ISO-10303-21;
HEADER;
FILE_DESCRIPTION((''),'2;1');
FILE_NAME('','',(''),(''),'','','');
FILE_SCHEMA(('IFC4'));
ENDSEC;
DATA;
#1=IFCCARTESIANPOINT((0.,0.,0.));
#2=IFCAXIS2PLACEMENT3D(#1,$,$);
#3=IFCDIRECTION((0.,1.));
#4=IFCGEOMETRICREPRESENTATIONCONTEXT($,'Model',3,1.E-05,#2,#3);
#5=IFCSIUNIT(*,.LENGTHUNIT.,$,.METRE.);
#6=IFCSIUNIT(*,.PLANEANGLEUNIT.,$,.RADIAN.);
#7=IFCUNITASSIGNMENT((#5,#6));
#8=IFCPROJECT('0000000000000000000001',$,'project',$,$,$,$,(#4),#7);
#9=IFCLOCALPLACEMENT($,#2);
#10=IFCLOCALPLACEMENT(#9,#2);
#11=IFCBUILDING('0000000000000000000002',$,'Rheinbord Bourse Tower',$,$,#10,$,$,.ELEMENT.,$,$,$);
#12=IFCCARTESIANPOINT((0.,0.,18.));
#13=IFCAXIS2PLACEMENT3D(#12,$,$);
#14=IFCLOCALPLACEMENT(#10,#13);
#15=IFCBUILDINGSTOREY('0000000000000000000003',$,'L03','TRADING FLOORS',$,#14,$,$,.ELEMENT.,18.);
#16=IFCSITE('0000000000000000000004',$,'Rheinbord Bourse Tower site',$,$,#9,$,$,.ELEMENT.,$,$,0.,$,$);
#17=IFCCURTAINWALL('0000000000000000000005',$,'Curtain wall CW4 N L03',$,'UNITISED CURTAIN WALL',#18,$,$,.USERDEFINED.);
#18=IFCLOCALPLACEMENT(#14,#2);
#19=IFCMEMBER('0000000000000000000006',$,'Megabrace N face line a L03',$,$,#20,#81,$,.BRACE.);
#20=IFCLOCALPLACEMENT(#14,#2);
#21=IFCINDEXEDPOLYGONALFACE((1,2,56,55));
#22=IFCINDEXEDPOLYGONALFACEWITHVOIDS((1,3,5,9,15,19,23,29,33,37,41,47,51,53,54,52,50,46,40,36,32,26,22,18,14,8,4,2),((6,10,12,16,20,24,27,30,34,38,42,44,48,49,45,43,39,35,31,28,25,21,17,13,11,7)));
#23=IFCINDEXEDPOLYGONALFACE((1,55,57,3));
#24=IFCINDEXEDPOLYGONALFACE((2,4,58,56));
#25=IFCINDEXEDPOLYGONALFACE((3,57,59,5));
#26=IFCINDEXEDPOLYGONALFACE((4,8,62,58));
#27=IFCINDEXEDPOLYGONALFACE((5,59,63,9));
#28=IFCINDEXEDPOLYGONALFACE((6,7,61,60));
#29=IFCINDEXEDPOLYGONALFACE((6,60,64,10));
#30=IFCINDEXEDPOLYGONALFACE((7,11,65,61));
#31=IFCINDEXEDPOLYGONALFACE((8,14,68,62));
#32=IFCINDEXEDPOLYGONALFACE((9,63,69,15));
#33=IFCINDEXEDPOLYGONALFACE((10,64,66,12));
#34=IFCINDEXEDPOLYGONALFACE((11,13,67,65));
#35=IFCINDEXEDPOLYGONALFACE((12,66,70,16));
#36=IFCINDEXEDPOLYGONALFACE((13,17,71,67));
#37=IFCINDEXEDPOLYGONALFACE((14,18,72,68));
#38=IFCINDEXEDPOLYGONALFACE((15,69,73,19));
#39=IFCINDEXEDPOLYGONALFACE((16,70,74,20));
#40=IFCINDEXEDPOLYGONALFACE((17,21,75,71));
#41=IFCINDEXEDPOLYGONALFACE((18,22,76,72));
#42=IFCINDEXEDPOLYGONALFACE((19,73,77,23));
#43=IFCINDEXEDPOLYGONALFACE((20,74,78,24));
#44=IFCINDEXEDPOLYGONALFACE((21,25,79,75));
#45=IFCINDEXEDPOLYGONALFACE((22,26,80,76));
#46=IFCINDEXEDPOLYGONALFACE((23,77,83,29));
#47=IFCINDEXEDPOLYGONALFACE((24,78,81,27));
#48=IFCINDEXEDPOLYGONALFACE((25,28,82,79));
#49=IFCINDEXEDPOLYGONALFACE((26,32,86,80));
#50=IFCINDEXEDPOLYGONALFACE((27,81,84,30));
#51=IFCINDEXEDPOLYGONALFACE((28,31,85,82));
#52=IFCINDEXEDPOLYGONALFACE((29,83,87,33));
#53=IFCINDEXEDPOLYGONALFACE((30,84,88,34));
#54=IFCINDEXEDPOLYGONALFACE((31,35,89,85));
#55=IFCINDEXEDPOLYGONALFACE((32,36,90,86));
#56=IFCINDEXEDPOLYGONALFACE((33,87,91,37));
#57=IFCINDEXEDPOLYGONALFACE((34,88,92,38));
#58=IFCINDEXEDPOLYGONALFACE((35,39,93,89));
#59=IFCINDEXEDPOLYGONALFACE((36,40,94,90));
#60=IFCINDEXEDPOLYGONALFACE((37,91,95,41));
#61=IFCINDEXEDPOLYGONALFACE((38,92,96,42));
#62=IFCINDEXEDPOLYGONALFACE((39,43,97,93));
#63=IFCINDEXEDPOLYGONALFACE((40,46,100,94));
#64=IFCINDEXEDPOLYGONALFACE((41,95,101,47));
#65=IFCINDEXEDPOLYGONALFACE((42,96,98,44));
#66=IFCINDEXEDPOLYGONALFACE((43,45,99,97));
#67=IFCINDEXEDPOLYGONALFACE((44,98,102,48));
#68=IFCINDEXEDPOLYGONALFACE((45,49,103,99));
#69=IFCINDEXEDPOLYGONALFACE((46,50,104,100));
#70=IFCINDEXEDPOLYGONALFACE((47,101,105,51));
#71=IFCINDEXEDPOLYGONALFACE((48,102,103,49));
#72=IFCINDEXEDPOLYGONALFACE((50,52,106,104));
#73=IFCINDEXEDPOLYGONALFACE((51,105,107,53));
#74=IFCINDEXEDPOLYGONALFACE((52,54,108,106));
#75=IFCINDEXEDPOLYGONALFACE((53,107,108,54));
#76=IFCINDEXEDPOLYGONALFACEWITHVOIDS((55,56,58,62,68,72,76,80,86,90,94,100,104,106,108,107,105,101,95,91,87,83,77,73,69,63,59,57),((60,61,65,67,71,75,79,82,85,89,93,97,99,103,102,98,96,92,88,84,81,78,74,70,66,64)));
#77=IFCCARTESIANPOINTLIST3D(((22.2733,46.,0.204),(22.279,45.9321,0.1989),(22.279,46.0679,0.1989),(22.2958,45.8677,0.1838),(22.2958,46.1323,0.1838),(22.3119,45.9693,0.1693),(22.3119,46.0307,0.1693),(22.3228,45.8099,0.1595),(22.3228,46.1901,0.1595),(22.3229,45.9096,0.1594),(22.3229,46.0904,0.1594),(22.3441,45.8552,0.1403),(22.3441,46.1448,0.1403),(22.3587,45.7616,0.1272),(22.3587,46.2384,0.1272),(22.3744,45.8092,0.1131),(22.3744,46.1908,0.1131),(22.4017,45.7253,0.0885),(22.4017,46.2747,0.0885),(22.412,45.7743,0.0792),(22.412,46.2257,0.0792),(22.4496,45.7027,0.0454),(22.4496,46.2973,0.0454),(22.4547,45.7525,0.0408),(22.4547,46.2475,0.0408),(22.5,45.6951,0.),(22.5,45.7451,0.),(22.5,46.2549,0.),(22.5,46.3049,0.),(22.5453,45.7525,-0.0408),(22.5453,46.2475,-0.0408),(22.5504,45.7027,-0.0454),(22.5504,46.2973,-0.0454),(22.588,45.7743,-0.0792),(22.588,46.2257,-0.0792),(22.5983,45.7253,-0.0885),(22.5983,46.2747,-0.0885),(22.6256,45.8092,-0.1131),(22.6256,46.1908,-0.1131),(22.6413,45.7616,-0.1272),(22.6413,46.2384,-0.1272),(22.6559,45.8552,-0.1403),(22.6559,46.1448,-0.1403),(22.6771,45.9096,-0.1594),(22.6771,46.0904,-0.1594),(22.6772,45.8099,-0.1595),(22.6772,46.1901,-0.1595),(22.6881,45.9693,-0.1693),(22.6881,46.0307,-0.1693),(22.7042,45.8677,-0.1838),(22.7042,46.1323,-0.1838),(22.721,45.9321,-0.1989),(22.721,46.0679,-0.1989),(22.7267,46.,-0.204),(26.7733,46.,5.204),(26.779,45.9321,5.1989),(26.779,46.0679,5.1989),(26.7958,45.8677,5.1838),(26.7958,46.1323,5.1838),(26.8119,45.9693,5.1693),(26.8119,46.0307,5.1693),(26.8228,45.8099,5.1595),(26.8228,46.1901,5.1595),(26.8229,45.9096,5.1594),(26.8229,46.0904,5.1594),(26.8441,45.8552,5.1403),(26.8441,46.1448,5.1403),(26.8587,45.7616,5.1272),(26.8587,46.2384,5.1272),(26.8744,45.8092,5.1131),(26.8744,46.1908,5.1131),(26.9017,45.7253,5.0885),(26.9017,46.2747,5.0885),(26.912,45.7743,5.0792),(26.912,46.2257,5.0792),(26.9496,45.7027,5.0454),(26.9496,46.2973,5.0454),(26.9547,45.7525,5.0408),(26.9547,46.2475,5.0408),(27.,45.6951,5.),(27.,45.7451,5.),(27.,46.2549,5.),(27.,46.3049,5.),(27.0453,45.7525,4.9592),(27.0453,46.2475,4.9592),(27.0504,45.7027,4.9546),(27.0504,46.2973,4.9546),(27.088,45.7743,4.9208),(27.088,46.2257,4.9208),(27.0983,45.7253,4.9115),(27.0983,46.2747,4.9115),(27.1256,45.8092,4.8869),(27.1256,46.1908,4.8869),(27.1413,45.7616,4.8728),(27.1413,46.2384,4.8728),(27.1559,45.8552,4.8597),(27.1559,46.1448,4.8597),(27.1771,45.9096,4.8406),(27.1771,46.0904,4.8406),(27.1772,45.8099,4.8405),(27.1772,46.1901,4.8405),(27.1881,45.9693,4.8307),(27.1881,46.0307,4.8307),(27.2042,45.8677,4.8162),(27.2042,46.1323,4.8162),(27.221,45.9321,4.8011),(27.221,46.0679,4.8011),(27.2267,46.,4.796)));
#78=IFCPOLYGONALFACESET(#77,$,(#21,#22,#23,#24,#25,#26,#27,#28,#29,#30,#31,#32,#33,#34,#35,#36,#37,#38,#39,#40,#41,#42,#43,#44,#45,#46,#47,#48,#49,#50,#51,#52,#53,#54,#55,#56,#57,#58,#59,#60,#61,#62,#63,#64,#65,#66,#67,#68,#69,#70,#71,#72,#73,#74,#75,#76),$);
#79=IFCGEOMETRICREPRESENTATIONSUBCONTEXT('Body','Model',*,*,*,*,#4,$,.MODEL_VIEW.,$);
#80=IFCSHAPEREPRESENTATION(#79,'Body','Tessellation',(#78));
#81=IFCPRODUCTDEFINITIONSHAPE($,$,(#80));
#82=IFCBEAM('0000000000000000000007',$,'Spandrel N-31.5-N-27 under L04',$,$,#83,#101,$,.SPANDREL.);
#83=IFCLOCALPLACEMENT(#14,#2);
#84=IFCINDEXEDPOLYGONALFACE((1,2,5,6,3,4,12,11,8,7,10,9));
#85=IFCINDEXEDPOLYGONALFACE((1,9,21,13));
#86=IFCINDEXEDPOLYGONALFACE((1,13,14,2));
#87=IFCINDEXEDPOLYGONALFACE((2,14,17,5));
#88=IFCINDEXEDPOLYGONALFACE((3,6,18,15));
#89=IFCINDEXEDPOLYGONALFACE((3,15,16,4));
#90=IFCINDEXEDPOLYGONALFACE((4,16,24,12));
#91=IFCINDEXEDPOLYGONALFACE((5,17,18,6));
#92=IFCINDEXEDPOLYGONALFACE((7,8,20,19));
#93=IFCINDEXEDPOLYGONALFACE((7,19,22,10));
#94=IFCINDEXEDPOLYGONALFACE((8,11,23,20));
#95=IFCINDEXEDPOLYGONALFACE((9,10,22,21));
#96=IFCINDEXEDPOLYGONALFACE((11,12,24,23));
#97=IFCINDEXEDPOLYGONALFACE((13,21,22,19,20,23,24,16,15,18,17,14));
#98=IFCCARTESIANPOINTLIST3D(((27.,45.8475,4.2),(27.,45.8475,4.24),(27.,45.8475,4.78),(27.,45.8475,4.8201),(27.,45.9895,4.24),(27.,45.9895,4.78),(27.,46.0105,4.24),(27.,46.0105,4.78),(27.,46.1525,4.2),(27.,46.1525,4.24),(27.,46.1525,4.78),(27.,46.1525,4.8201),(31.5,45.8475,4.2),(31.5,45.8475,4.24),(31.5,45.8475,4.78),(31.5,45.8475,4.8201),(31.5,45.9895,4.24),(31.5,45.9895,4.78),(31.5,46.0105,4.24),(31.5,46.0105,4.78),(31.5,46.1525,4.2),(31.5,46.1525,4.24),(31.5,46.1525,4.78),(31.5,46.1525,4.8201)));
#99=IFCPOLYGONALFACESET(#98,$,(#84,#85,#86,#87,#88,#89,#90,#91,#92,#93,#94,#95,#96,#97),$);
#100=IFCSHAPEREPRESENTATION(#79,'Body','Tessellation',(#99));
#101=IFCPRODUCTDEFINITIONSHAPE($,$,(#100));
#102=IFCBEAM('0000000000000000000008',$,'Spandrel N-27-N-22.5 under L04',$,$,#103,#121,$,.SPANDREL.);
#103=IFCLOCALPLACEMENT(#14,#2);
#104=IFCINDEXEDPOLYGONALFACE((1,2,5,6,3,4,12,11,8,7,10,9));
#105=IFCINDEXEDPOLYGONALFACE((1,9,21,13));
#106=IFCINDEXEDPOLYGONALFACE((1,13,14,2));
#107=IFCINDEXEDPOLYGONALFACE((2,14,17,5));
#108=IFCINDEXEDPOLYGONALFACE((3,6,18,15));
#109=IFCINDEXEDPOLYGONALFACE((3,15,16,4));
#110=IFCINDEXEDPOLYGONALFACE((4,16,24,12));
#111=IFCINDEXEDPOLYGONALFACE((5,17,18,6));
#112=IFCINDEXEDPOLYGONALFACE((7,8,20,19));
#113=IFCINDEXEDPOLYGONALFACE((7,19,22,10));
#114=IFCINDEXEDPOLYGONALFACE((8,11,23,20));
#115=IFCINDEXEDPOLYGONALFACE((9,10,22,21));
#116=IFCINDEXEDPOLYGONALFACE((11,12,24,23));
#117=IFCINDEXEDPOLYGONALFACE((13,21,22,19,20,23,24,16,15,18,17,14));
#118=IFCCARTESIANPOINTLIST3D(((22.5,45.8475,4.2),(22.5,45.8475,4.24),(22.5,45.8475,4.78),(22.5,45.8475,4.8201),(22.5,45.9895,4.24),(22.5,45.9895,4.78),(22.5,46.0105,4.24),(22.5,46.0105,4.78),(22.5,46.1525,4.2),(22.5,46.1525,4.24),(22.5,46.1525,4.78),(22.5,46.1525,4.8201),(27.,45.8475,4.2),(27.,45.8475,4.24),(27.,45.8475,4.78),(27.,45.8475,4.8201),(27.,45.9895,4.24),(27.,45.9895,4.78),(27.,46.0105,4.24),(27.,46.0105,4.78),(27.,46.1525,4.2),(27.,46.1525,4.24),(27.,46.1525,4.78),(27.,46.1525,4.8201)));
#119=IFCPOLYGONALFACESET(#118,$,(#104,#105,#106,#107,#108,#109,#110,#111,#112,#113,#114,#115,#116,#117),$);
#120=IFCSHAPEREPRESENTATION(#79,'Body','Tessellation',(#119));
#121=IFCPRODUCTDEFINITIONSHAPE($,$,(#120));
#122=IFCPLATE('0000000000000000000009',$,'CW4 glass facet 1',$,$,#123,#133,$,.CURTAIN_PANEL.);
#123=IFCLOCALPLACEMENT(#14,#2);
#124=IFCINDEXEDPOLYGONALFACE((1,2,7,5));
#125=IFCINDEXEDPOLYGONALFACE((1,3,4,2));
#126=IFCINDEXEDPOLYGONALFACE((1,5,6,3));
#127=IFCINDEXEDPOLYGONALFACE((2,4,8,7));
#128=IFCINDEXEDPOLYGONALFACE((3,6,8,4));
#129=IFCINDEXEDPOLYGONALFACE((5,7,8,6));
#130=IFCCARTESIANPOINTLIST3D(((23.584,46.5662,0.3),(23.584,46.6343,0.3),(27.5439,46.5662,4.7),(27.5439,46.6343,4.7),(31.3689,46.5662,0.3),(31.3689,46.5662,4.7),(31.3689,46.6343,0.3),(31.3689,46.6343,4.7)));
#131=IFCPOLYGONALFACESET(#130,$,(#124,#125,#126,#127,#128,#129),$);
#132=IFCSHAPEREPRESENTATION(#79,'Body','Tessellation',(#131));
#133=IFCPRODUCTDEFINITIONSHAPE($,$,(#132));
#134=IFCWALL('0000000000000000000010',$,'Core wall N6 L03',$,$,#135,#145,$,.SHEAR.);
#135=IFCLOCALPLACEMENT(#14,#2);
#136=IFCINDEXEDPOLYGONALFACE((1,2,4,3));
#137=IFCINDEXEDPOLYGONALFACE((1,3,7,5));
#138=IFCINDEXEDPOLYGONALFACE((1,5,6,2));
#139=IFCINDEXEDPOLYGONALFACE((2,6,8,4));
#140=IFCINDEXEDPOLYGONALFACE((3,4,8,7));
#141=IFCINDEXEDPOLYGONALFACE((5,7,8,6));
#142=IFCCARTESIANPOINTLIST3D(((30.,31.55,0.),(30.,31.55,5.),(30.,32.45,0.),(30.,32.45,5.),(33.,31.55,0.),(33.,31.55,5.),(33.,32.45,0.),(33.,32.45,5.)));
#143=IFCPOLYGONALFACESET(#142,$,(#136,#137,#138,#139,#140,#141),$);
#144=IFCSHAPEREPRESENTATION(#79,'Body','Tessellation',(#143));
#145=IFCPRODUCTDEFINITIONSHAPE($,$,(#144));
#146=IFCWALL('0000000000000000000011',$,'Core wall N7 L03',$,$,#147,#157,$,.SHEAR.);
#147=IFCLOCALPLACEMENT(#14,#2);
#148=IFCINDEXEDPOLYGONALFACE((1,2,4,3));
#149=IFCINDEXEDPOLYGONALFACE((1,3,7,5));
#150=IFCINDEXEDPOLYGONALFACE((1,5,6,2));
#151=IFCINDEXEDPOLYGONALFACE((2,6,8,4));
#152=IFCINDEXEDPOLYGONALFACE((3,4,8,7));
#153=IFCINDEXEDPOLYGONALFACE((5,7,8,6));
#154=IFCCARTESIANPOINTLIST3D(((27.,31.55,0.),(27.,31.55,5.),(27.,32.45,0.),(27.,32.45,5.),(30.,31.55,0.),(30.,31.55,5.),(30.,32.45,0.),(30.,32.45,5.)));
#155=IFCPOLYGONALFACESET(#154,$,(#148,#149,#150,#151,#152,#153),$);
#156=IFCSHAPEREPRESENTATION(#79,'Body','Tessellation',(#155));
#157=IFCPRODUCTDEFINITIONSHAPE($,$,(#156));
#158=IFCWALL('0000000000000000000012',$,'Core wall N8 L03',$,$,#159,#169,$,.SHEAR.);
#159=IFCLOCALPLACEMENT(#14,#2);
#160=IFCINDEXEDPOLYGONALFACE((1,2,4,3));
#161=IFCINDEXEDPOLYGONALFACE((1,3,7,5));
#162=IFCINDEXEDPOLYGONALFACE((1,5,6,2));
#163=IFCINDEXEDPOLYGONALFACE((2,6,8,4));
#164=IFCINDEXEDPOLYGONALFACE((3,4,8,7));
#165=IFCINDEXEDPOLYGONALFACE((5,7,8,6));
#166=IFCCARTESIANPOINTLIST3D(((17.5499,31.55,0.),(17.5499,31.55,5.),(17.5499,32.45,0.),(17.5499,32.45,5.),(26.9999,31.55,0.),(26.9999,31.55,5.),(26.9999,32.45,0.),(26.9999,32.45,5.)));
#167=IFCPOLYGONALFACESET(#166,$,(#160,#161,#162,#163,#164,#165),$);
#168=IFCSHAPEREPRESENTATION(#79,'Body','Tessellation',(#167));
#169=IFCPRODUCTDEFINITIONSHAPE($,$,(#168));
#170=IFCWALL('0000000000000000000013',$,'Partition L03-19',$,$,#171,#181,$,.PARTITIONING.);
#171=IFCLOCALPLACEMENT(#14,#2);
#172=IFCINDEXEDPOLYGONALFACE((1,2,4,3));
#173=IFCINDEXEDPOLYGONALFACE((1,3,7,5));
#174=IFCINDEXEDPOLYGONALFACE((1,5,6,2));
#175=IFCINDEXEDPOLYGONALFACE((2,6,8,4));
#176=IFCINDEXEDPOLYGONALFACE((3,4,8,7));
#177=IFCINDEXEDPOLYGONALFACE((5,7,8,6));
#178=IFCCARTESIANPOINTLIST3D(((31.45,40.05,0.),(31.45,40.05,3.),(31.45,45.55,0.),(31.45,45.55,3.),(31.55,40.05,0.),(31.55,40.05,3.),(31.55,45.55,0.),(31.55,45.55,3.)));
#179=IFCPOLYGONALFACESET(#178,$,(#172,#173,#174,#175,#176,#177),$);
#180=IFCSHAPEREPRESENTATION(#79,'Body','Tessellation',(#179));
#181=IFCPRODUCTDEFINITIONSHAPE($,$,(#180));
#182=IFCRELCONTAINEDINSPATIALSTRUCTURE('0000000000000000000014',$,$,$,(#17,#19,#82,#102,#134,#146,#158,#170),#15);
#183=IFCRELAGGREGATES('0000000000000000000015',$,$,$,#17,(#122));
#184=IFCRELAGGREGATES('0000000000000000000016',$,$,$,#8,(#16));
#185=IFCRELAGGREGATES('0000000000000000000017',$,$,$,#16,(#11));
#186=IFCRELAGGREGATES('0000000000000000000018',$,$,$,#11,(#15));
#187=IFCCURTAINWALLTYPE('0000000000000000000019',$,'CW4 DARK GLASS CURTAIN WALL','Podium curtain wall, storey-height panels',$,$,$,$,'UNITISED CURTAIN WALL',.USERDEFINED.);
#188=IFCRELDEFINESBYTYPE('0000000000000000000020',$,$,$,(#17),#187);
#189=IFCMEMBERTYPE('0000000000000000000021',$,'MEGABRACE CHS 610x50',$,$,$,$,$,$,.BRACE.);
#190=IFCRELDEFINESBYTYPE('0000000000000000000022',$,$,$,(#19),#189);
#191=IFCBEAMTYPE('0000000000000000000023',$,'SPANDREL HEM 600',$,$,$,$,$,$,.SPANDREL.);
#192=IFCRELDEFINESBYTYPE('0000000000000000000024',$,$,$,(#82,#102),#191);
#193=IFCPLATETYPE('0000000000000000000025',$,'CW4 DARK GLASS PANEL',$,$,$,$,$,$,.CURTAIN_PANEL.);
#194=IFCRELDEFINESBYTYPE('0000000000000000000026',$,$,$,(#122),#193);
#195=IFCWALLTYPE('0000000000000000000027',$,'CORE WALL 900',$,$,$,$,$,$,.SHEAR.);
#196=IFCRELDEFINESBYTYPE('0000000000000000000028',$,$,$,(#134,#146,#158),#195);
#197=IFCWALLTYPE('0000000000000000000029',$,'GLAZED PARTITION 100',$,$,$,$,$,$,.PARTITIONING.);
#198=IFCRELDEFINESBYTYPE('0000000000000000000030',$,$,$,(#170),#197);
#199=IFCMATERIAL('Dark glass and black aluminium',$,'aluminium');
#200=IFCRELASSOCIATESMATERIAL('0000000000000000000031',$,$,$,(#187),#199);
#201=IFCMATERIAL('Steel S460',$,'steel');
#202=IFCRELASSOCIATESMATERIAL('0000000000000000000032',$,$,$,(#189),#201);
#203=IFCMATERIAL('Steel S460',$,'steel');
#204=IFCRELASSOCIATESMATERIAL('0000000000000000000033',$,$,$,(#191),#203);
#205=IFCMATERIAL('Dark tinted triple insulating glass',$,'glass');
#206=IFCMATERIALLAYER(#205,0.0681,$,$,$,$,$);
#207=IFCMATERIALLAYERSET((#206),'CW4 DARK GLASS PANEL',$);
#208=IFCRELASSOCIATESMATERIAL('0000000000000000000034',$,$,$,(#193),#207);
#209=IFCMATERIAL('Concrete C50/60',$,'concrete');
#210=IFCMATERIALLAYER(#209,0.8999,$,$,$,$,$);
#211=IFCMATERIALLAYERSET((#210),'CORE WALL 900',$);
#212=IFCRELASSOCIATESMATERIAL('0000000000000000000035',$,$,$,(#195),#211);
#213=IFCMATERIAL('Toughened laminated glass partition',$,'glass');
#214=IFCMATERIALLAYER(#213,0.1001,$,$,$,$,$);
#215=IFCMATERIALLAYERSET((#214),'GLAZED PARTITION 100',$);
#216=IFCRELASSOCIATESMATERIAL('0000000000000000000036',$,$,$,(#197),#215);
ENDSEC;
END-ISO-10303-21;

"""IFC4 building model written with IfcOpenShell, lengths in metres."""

from ifc_helpers import new_model, si_unit, direction, frame, frame_2d, origin, origin_2d, place, context, subcontext, project, spatial, polyline, rectangle, hollow_circle, i_section, outline, extrude, material, layer, layer_set, material_profile, profile_set, type_object, element, aggregate, save


model = new_model("IFC4")

# Units and contexts
model_context = context("Model", 3, precision=1e-05, world=origin(), true_north=direction((0.0, 1.0)))
body_context = subcontext(model_context, "Body", "Model", "MODEL_VIEW")
ifc_project = project(units=[si_unit("LENGTHUNIT", "METRE"), si_unit("PLANEANGLEUNIT", "RADIAN")], contexts=[model_context])

# Site, building, storey
site_placement = place(None, origin())
site = spatial("IfcSite", under=ifc_project, at=site_placement, Name="Rheinbord Bourse Tower site", CompositionType="ELEMENT", RefElevation=0.0)
building_placement = place(site_placement, origin())
building = spatial("IfcBuilding", under=site, at=building_placement, Name="Rheinbord Bourse Tower", CompositionType="ELEMENT")
storey_placement = place(building_placement, frame((0.0, 0.0, 18.0)))
storey = spatial("IfcBuildingStorey", under=building, at=storey_placement, Name="L03", Description="TRADING FLOORS", CompositionType="ELEMENT", Elevation=18.0)

# Curtain wall
ifc_material_1 = material(Name="Dark glass and black aluminium", Category="aluminium")
curtain_wall_type = type_object("IfcCurtainWallType", Name="CW4 DARK GLASS CURTAIN WALL", Description="Podium curtain wall, storey-height panels", ElementType="UNITISED CURTAIN WALL", PredefinedType="USERDEFINED", material=ifc_material_1)
curtain_wall_placement = place(storey_placement, origin())
curtain_wall = element("IfcCurtainWall", 1, at=curtain_wall_placement, inside=storey, type_object=curtain_wall_type, Name="Curtain wall CW4 N L03", ObjectType="UNITISED CURTAIN WALL", PredefinedType="USERDEFINED")

# Member
ifc_material_2 = material(Name="Steel S460", Category="steel")
ifc_material_profile_1 = material_profile(ifc_material_2, hollow_circle(Radius=0.3049, WallThickness=0.05, at=origin_2d()), Name="CHS 610x50")
ifc_profile_set_1 = profile_set([ifc_material_profile_1], Name="Steel S460")
member_type_1 = type_object("IfcMemberType", Name="MEGABRACE CHS 610x50", PredefinedType="BRACE", material=ifc_profile_set_1)
member_1_placement = place(storey_placement, frame((22.5, 46.0, 0.0), z_axis=(0.668965, 0.0, 0.743294), x_axis=(0.0, 1.0, 0.0)))
element("IfcMember", 2, at=member_1_placement, inside=storey, type_object=member_type_1, Name="Megabrace N face line a L03", PredefinedType="BRACE", context=body_context, shape_type="SweptSolid", body=[
    extrude(hollow_circle(Radius=0.3049, WallThickness=0.05, at=origin_2d()), origin(), (0.0, 0.0, 1.0), 6.7268),
])

# Beams
ifc_material_3 = material(Name="Steel S460", Category="steel")
ifc_material_profile_2 = material_profile(ifc_material_3, i_section(OverallWidth=0.3049, OverallDepth=0.6201, WebThickness=0.021, FlangeThickness=0.04, at=origin_2d()), Name="HEM 600")
ifc_profile_set_2 = profile_set([ifc_material_profile_2], Name="Steel S460")
beam_type_1 = type_object("IfcBeamType", Name="SPANDREL HEM 600", PredefinedType="SPANDREL", material=ifc_profile_set_2)
for number, where, z_axis, x_axis, name in (
    (3, (31.5, 46.0, 4.51), (-1.0, 0.0, 0.0), (0.0, -1.0, 0.0), "Spandrel N-31.5-N-27 under L04"),
    (4, (27.0, 46.0, 4.51), (-1.0, 0.0, 0.0), (0.0, -1.0, 0.0), "Spandrel N-27-N-22.5 under L04"),
):
    element("IfcBeam", number, at=place(storey_placement, frame(where, z_axis=z_axis, x_axis=x_axis)), inside=storey, type_object=beam_type_1, Name=name, PredefinedType="SPANDREL", context=body_context, shape_type="SweptSolid", body=[
        extrude(i_section(OverallWidth=0.3049, OverallDepth=0.6201, WebThickness=0.021, FlangeThickness=0.04, at=origin_2d()), origin(), (0.0, 0.0, 1.0), 4.5),
    ])

# Plate
ifc_material_4 = material(Name="Dark tinted triple insulating glass", Category="glass")
ifc_layer_1 = layer(ifc_material_4, 0.0681)
ifc_layer_set_1 = layer_set([ifc_layer_1], Name="CW4 DARK GLASS PANEL")
plate_type = type_object("IfcPlateType", Name="CW4 DARK GLASS PANEL", PredefinedType="CURTAIN_PANEL", material=ifc_layer_set_1)
plate_placement = place(storey_placement, frame((31.3689, 46.6343, 0.3), z_axis=(0.0, -1.0, 0.0), x_axis=(0.0, 0.0, 1.0)))
plate = element("IfcPlate", 5, at=plate_placement, type_object=plate_type, Name="CW4 glass facet 1", PredefinedType="CURTAIN_PANEL", context=body_context, shape_type="SweptSolid", body=[
    extrude(outline(polyline([(0.0, 0.0), (4.3999, 0.0), (4.3999, 3.825), (0.0, 7.7849), (0.0, 0.0)])), origin(), (0.0, 0.0, 1.0), 0.0681),
])
aggregate(curtain_wall, [plate])

# Walls
ifc_material_5 = material(Name="Concrete C50/60", Category="concrete")
ifc_layer_2 = layer(ifc_material_5, 0.8999)
ifc_layer_set_2 = layer_set([ifc_layer_2], Name="CORE WALL 900")
wall_type_1 = type_object("IfcWallType", Name="CORE WALL 900", PredefinedType="SHEAR", material=ifc_layer_set_2)
for number, where, z_axis, x_axis, name in (
    (6, (33.0, 32.0, 0.0), (0.0, 0.0, 1.0), (-1.0, 0.0, 0.0), "Core wall N6 L03"),
    (7, (30.0, 32.0, 0.0), (0.0, 0.0, 1.0), (-1.0, 0.0, 0.0), "Core wall N7 L03"),
):
    element("IfcWall", number, at=place(storey_placement, frame(where, z_axis=z_axis, x_axis=x_axis)), inside=storey, type_object=wall_type_1, Name=name, PredefinedType="SHEAR", context=body_context, shape_type="SweptSolid", body=[
        extrude(rectangle(XDim=3.0, YDim=0.8999, at=frame_2d((1.5, 0.0))), origin(), (0.0, 0.0, 1.0), 5.0),
    ])
wall_1_placement = place(storey_placement, frame((27.0, 32.0, 0.0), z_axis=(0.0, 0.0, 1.0), x_axis=(-1.0, 0.0, 0.0)))
element("IfcWall", 8, at=wall_1_placement, inside=storey, type_object=wall_type_1, Name="Core wall N8 L03", PredefinedType="SHEAR", context=body_context, shape_type="SweptSolid", body=[
    extrude(rectangle(XDim=9.45, YDim=0.8999, at=frame_2d((4.7251, 0.0))), origin(), (0.0, 0.0, 1.0), 5.0),
])
ifc_material_6 = material(Name="Toughened laminated glass partition", Category="glass")
ifc_layer_3 = layer(ifc_material_6, 0.1001)
ifc_layer_set_3 = layer_set([ifc_layer_3], Name="GLAZED PARTITION 100")
wall_type_2 = type_object("IfcWallType", Name="GLAZED PARTITION 100", PredefinedType="PARTITIONING", material=ifc_layer_set_3)
wall_2_placement = place(storey_placement, frame((31.5, 40.05, 0.0), z_axis=(0.0, 0.0, 1.0), x_axis=(0.0, 1.0, 0.0)))
element("IfcWall", 9, at=wall_2_placement, inside=storey, type_object=wall_type_2, Name="Partition L03-19", PredefinedType="PARTITIONING", context=body_context, shape_type="SweptSolid", body=[
    extrude(rectangle(XDim=5.5, YDim=0.1001, at=frame_2d((2.75, 0.0))), origin(), (0.0, 0.0, 1.0), 3.0),
])

save(model, "model.ifc")
